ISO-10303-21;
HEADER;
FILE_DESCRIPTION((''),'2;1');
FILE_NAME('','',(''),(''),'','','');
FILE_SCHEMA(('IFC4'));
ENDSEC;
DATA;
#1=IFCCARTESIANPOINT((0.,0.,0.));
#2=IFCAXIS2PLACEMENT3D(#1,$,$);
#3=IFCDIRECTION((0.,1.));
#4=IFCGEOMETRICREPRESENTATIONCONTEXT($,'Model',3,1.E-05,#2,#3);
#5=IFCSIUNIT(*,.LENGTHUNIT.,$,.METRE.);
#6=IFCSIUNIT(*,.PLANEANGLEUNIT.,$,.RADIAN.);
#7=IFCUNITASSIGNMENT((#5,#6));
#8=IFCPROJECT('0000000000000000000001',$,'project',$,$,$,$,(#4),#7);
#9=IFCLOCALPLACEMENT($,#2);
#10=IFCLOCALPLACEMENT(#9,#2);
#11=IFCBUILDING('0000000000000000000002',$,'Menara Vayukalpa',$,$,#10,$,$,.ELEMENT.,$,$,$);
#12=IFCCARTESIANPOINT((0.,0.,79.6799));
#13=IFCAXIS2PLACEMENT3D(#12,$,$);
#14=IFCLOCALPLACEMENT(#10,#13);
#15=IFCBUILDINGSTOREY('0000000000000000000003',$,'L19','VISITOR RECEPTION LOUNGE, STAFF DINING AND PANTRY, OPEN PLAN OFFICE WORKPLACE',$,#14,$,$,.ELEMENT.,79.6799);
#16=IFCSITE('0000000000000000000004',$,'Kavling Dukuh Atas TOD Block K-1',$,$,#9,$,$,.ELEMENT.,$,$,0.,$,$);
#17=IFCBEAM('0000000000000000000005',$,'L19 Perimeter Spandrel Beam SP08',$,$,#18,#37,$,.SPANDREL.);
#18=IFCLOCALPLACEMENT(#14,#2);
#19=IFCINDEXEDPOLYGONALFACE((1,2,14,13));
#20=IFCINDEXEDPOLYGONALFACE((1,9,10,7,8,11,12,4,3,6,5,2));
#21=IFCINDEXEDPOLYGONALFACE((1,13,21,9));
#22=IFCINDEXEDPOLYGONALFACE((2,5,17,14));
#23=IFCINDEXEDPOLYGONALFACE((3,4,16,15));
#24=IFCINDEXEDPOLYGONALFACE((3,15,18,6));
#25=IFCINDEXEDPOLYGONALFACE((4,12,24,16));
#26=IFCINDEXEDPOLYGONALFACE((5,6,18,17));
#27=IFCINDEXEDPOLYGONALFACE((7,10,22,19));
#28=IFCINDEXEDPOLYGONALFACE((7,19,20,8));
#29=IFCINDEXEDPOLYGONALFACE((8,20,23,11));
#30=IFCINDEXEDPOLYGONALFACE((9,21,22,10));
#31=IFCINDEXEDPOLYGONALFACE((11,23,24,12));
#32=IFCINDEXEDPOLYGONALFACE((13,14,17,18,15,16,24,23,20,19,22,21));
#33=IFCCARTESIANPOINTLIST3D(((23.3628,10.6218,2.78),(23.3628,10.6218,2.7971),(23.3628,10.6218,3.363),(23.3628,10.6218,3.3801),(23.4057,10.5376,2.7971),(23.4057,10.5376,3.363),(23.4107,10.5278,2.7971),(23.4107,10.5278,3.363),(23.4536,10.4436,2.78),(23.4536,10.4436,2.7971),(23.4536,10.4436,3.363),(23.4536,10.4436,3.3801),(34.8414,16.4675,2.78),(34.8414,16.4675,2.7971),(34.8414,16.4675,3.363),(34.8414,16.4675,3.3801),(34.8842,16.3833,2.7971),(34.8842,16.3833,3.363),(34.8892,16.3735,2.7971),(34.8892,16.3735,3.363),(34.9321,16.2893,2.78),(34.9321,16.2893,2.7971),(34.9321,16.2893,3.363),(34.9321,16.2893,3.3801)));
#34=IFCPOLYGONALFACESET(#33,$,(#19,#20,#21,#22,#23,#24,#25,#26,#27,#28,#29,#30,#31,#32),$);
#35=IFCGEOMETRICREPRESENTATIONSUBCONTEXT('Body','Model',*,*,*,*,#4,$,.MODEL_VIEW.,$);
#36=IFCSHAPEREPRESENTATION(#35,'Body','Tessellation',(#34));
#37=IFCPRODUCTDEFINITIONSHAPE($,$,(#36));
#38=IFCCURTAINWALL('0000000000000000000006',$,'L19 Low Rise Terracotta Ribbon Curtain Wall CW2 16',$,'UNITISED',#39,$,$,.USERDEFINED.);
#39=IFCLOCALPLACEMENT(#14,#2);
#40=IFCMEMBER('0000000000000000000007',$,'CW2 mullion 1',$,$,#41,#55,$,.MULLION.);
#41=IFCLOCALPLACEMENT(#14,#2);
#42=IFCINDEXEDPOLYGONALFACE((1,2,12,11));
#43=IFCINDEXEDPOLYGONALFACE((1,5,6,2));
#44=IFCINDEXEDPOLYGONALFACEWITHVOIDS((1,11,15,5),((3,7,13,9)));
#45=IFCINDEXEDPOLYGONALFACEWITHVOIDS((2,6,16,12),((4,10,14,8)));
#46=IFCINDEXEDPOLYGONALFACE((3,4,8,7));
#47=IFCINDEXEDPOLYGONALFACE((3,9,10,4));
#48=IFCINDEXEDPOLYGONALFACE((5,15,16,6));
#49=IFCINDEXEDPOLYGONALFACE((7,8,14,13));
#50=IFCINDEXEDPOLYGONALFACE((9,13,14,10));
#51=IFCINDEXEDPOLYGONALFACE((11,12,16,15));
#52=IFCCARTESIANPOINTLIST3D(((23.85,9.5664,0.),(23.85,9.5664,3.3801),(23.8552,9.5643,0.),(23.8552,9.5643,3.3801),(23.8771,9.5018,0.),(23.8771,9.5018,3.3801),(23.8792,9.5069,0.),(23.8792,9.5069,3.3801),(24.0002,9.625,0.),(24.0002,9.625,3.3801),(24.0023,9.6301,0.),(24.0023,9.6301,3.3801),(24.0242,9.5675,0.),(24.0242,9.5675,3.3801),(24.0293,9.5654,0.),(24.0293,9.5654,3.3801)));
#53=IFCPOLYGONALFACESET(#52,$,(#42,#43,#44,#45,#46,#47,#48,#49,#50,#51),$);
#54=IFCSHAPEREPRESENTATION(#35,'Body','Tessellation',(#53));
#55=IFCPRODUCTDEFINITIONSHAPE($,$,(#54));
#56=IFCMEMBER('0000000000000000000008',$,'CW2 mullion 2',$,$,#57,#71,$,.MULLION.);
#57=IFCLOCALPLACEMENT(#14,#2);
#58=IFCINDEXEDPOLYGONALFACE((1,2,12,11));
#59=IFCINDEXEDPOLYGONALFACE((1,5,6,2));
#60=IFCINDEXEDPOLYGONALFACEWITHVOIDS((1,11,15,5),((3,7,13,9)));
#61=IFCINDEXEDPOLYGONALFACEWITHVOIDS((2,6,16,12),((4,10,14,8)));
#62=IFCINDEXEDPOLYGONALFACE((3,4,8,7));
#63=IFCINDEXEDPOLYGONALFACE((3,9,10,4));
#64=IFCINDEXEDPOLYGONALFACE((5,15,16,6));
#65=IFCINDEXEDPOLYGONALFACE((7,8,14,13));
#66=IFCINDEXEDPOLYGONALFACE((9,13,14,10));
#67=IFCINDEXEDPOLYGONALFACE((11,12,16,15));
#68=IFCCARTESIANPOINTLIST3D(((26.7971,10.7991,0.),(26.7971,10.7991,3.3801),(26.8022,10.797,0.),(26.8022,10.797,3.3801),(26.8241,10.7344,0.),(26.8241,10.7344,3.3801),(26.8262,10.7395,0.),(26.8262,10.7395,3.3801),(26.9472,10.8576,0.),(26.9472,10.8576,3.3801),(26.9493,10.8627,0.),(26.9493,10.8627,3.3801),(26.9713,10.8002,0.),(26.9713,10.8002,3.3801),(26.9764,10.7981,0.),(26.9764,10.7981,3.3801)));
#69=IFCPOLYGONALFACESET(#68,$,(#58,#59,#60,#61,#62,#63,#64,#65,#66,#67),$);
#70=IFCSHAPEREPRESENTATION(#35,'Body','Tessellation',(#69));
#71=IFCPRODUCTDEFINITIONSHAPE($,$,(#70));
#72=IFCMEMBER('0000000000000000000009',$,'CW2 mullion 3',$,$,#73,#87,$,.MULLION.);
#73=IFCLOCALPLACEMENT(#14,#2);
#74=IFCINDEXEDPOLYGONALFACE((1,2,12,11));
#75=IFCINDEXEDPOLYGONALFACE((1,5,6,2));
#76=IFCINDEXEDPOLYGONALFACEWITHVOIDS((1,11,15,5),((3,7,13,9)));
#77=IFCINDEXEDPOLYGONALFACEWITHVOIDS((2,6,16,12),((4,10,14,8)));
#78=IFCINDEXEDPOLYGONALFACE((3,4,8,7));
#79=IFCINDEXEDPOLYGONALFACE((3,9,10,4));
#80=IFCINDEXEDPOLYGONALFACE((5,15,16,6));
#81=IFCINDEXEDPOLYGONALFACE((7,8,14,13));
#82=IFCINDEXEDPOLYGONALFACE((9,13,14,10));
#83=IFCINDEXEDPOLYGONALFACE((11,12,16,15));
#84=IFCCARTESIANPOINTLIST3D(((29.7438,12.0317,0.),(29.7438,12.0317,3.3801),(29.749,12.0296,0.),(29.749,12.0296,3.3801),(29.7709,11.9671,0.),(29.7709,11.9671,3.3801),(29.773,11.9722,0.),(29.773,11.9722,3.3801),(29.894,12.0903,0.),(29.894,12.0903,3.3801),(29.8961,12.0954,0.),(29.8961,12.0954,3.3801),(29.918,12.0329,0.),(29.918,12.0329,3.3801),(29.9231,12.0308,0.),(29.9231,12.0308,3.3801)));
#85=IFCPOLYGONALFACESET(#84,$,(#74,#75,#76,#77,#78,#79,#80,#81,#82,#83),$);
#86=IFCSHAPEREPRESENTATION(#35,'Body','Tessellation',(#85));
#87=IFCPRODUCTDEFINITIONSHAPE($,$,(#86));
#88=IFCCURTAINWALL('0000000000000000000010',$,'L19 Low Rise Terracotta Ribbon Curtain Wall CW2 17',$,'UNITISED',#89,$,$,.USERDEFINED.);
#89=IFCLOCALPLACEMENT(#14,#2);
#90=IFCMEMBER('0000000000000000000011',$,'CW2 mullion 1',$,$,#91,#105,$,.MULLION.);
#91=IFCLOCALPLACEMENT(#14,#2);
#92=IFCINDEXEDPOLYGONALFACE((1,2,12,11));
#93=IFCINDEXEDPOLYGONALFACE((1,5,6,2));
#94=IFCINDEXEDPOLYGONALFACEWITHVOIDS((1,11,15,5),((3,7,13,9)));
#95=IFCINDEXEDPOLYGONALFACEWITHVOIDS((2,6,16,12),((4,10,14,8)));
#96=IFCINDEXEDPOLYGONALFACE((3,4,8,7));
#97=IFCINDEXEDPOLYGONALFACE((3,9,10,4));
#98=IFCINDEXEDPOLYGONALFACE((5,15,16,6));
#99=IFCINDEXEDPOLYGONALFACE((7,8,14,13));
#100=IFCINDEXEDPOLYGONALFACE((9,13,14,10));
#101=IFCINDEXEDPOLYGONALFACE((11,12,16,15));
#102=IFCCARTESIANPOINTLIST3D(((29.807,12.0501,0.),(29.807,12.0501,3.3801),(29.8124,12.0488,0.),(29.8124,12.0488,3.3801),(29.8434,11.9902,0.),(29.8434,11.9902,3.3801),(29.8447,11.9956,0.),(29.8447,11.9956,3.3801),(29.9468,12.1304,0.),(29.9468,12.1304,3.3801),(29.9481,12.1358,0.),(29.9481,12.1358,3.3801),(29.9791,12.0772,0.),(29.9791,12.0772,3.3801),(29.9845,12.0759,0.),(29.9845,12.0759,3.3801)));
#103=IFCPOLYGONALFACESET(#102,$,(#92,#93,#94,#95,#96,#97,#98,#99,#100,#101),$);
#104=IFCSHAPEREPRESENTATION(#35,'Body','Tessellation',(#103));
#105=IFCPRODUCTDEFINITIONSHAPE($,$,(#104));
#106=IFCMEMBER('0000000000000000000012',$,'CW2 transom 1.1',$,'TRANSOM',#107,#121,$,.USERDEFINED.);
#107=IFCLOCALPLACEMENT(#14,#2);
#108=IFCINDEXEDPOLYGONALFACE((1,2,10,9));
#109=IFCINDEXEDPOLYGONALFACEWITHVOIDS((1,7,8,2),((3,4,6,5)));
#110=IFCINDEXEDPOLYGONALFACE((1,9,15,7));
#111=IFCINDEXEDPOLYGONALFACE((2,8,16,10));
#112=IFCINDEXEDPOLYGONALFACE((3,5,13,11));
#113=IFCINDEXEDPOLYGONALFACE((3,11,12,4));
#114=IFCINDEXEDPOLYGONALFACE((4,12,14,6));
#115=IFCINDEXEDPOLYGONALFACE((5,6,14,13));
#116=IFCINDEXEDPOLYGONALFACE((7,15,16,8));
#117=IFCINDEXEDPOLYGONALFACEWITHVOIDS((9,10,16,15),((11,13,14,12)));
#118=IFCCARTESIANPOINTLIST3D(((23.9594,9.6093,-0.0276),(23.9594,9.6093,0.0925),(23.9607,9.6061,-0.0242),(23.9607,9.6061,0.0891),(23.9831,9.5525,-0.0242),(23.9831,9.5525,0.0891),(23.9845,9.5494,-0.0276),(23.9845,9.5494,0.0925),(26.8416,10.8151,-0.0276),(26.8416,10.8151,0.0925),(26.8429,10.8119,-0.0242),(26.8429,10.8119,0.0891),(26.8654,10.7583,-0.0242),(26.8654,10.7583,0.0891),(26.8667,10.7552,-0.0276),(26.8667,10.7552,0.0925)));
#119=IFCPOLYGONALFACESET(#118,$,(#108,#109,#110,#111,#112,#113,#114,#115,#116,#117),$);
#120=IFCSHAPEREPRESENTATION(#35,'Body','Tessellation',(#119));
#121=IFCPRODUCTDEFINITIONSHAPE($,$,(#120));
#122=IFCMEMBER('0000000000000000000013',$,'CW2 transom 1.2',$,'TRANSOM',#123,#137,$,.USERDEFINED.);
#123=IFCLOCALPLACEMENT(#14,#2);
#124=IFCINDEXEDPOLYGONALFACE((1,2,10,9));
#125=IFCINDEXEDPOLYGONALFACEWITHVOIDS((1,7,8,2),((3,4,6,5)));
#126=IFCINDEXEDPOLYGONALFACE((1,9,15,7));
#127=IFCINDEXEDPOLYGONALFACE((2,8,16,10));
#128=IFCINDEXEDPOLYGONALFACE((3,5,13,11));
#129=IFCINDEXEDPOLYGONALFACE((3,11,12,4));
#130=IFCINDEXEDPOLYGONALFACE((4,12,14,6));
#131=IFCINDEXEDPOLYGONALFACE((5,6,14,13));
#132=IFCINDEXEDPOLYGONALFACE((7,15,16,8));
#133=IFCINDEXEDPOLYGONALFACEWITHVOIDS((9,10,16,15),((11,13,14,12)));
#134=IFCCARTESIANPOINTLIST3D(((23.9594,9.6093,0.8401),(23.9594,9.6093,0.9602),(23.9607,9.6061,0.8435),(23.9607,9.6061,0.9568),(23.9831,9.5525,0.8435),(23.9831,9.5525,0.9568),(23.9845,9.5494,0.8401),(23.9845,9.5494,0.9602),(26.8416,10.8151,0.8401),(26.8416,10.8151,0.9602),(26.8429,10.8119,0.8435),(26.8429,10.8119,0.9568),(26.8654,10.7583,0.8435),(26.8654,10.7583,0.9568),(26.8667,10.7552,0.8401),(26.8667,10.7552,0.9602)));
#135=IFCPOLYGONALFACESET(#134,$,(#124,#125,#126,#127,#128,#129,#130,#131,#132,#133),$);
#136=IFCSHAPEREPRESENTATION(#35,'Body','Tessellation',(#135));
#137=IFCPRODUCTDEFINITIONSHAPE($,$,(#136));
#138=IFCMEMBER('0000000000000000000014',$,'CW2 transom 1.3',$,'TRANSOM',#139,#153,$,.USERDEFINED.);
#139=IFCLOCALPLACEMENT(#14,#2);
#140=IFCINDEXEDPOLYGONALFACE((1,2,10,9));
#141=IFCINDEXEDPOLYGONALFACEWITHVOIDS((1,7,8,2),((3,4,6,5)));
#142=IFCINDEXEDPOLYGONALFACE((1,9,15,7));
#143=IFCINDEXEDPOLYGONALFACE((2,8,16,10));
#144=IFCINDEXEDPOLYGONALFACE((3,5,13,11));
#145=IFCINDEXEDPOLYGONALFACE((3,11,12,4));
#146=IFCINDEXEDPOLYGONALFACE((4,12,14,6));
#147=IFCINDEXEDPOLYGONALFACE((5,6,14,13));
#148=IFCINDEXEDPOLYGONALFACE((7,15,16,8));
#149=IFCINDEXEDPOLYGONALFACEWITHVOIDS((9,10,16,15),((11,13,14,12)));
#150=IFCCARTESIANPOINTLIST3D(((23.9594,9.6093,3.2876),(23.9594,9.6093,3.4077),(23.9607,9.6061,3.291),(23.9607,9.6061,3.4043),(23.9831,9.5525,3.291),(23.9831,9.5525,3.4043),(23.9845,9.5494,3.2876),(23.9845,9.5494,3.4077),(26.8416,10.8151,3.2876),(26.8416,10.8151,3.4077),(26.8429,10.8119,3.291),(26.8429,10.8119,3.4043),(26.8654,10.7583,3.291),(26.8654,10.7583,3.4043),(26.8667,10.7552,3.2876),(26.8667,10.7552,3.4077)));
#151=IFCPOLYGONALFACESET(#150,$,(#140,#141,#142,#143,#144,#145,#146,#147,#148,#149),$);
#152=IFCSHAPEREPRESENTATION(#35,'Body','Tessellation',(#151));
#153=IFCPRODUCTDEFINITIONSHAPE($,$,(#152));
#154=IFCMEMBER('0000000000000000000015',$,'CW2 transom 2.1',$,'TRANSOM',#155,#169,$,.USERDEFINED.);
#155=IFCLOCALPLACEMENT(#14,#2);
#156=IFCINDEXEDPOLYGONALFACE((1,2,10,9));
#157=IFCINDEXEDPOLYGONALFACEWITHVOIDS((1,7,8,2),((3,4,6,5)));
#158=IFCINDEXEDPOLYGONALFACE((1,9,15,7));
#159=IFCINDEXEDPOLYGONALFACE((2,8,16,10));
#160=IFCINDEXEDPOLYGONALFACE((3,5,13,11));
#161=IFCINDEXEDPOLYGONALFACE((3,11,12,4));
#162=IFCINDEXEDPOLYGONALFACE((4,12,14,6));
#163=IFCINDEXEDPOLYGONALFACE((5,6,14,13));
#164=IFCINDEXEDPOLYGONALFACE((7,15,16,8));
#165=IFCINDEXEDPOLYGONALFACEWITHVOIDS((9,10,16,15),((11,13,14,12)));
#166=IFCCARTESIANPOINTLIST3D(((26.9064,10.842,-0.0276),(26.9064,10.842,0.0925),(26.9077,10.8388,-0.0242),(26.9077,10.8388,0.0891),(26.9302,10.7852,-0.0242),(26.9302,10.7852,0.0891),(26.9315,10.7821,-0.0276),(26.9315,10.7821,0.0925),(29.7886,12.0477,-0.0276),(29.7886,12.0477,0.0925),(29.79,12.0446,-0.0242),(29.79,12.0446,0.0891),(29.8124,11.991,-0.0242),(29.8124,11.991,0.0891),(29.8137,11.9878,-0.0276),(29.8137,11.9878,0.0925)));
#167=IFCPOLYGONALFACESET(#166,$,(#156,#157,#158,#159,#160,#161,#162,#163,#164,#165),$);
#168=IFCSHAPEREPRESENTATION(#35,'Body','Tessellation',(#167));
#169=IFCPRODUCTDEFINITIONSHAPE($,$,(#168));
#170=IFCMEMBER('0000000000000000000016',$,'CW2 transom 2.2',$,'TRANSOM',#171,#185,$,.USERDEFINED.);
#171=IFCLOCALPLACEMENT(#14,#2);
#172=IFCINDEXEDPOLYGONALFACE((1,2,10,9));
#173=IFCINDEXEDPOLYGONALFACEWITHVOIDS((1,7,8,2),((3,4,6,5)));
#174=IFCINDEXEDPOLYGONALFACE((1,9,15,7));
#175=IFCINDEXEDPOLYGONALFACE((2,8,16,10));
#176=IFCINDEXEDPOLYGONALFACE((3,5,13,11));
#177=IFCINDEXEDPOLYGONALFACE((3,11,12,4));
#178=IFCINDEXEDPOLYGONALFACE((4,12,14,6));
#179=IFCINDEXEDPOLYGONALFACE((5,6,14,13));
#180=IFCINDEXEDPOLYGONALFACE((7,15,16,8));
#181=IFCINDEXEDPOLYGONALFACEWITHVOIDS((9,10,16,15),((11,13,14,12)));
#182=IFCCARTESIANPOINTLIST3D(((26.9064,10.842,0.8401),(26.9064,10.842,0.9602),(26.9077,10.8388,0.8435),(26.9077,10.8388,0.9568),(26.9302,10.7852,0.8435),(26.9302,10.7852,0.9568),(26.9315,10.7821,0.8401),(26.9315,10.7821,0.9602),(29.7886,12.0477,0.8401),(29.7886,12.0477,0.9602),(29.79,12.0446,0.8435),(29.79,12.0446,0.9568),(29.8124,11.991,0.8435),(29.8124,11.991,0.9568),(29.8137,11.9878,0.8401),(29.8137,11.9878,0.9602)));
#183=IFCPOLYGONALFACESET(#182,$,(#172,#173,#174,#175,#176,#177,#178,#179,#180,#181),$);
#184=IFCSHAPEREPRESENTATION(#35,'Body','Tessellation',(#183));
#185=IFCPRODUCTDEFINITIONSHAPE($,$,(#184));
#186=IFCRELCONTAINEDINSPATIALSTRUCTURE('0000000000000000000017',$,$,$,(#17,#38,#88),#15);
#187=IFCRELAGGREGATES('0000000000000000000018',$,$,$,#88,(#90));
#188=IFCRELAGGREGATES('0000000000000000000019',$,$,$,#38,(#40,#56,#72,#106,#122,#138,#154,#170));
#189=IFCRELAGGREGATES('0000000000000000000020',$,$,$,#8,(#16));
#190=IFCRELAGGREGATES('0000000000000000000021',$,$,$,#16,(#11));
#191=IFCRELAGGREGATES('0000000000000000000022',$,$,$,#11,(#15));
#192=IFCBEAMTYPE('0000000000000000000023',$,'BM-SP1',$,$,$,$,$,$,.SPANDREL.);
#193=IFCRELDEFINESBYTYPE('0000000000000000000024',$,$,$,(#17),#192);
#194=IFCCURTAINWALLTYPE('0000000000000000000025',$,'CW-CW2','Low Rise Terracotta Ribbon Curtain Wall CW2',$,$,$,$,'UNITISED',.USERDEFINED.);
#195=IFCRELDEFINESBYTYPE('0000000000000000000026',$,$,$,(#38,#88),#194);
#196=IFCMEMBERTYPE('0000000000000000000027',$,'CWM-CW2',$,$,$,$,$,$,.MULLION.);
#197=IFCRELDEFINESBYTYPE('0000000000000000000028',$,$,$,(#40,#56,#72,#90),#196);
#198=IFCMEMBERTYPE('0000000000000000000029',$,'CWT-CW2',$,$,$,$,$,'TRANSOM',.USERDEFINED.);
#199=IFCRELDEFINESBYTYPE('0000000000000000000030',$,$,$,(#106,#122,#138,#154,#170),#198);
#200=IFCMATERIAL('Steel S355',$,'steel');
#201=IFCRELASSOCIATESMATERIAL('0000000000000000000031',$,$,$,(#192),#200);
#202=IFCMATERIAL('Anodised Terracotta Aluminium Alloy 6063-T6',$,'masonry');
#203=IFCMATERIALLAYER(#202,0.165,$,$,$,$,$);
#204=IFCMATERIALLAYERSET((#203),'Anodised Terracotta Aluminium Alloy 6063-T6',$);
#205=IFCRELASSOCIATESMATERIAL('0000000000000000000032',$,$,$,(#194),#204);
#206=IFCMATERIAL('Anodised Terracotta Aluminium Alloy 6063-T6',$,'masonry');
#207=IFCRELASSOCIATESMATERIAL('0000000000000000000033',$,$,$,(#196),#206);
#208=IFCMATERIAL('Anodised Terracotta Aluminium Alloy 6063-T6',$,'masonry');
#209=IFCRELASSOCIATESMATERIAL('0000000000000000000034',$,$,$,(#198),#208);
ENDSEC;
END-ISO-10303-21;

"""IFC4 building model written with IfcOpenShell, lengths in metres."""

from ifc_helpers import new_model, si_unit, direction, frame, origin, origin_2d, place, context, subcontext, project, spatial, hollow_rectangle, i_section, extrude, material, layer, layer_set, material_profile, profile_set, type_object, element, aggregate, save


model = new_model("IFC4")

# Units and contexts
model_context = context("Model", 3, precision=1e-05, world=origin(), true_north=direction((0.0, 1.0)))
body_context = subcontext(model_context, "Body", "Model", "MODEL_VIEW")
ifc_project = project(units=[si_unit("LENGTHUNIT", "METRE"), si_unit("PLANEANGLEUNIT", "RADIAN")], contexts=[model_context])

# Site, building, storey
site_placement = place(None, origin())
site = spatial("IfcSite", under=ifc_project, at=site_placement, Name="Kavling Dukuh Atas TOD Block K-1", CompositionType="ELEMENT", RefElevation=0.0)
building_placement = place(site_placement, origin())
building = spatial("IfcBuilding", under=site, at=building_placement, Name="Menara Vayukalpa", CompositionType="ELEMENT")
storey_placement = place(building_placement, frame((0.0, 0.0, 79.6799)))
storey = spatial("IfcBuildingStorey", under=building, at=storey_placement, Name="L19", Description="VISITOR RECEPTION LOUNGE, STAFF DINING AND PANTRY, OPEN PLAN OFFICE WORKPLACE", CompositionType="ELEMENT", Elevation=79.6799)

# Beam
ifc_material_1 = material(Name="Steel S355", Category="steel")
ifc_material_profile_1 = material_profile(ifc_material_1, i_section(OverallWidth=0.2, OverallDepth=0.6001, WebThickness=0.011, FlangeThickness=0.0171, at=origin_2d()), Name="WF 600x200x11x17")
ifc_profile_set_1 = profile_set([ifc_material_profile_1], Name="Steel S355")
beam_type = type_object("IfcBeamType", Name="BM-SP1", PredefinedType="SPANDREL", material=ifc_profile_set_1)
beam_placement = place(storey_placement, frame((23.4082, 10.5327, 3.0801), z_axis=(0.891097, 0.453812, 0.0), x_axis=(-0.453812, 0.891097, 0.0)))
element("IfcBeam", 1, at=beam_placement, inside=storey, type_object=beam_type, Name="L19 Perimeter Spandrel Beam SP08", PredefinedType="SPANDREL", context=body_context, shape_type="SweptSolid", body=[
    extrude(i_section(OverallWidth=0.2, OverallDepth=0.6001, WebThickness=0.011, FlangeThickness=0.0171, at=origin_2d()), origin(), (0.0, 0.0, 1.0), 12.8813),
])

# Curtain wall, members
ifc_material_2 = material(Name="Anodised Terracotta Aluminium Alloy 6063-T6", Category="masonry")
ifc_layer_1 = layer(ifc_material_2, 0.165)
ifc_layer_set_1 = layer_set([ifc_layer_1], Name="Anodised Terracotta Aluminium Alloy 6063-T6")
curtain_wall_type = type_object("IfcCurtainWallType", Name="CW-CW2", Description="Low Rise Terracotta Ribbon Curtain Wall CW2", ElementType="UNITISED", PredefinedType="USERDEFINED", material=ifc_layer_set_1)
curtain_wall_1_placement = place(storey_placement, origin())
curtain_wall_1 = element("IfcCurtainWall", 2, at=curtain_wall_1_placement, inside=storey, type_object=curtain_wall_type, Name="L19 Low Rise Terracotta Ribbon Curtain Wall CW2 16", ObjectType="UNITISED", PredefinedType="USERDEFINED")
ifc_material_3 = material(Name="Anodised Terracotta Aluminium Alloy 6063-T6", Category="masonry")
ifc_material_profile_2 = material_profile(ifc_material_3, hollow_rectangle(XDim=0.0701, YDim=0.165, WallThickness=0.0039, at=origin_2d()), Name="ALU 70x165x4")
ifc_profile_set_2 = profile_set([ifc_material_profile_2], Name="Anodised Terracotta Aluminium Alloy 6063-T6")
member_type_1 = type_object("IfcMemberType", Name="CWM-CW2", PredefinedType="MULLION", material=ifc_profile_set_2)
member_1_placement = place(storey_placement, frame((23.9397, 9.5659, 0.0), z_axis=(0.0, 0.0, 1.0), x_axis=(-0.385894, 0.922543, 0.0)))
member_1 = element("IfcMember", 3, at=member_1_placement, type_object=member_type_1, Name="CW2 mullion 1", PredefinedType="MULLION", context=body_context, shape_type="SweptSolid", body=[
    extrude(hollow_rectangle(XDim=0.0701, YDim=0.165, WallThickness=0.0039, at=origin_2d()), origin(), (0.0, 0.0, 1.0), 3.3801),
])
member_2_placement = place(storey_placement, frame((26.8867, 10.7986, 0.0), z_axis=(0.0, 0.0, 1.0), x_axis=(-0.385894, 0.922543, 0.0)))
member_2 = element("IfcMember", 4, at=member_2_placement, type_object=member_type_1, Name="CW2 mullion 2", PredefinedType="MULLION", context=body_context, shape_type="SweptSolid", body=[
    extrude(hollow_rectangle(XDim=0.0701, YDim=0.165, WallThickness=0.0039, at=origin_2d()), origin(), (0.0, 0.0, 1.0), 3.3801),
])
member_3_placement = place(storey_placement, frame((29.8335, 12.0312, 0.0), z_axis=(0.0, 0.0, 1.0), x_axis=(-0.385894, 0.922543, 0.0)))
member_3 = element("IfcMember", 5, at=member_3_placement, type_object=member_type_1, Name="CW2 mullion 3", PredefinedType="MULLION", context=body_context, shape_type="SweptSolid", body=[
    extrude(hollow_rectangle(XDim=0.0701, YDim=0.165, WallThickness=0.0039, at=origin_2d()), origin(), (0.0, 0.0, 1.0), 3.3801),
])

# Curtain wall, member
curtain_wall_2_placement = place(storey_placement, origin())
curtain_wall_2 = element("IfcCurtainWall", 6, at=curtain_wall_2_placement, inside=storey, type_object=curtain_wall_type, Name="L19 Low Rise Terracotta Ribbon Curtain Wall CW2 17", ObjectType="UNITISED", PredefinedType="USERDEFINED")
member_4_placement = place(storey_placement, frame((29.8958, 12.063, 0.0), z_axis=(0.0, 0.0, 1.0), x_axis=(-0.519183, 0.854663, 0.0)))
member_4 = element("IfcMember", 7, at=member_4_placement, type_object=member_type_1, Name="CW2 mullion 1", PredefinedType="MULLION", context=body_context, shape_type="SweptSolid", body=[
    extrude(hollow_rectangle(XDim=0.0701, YDim=0.165, WallThickness=0.0039, at=origin_2d()), origin(), (0.0, 0.0, 1.0), 3.3801),
])

# Members
ifc_material_4 = material(Name="Anodised Terracotta Aluminium Alloy 6063-T6", Category="masonry")
ifc_material_profile_3 = material_profile(ifc_material_4, hollow_rectangle(XDim=0.0649, YDim=0.1201, WallThickness=0.0034, at=origin_2d()), Name="ALU 65x120x3.5")
ifc_profile_set_3 = profile_set([ifc_material_profile_3], Name="Anodised Terracotta Aluminium Alloy 6063-T6")
member_type_2 = type_object("IfcMemberType", Name="CWT-CW2", ElementType="TRANSOM", PredefinedType="USERDEFINED", material=ifc_profile_set_3)
member_5_placement = place(storey_placement, frame((23.9719, 9.5793, 0.0325), z_axis=(0.922526, 0.385936, 0.0), x_axis=(-0.385936, 0.922526, 0.0)))
member_5 = element("IfcMember", 8, at=member_5_placement, type_object=member_type_2, Name="CW2 transom 1.1", ObjectType="TRANSOM", PredefinedType="USERDEFINED", context=body_context, shape_type="SweptSolid", body=[
    extrude(hollow_rectangle(XDim=0.0649, YDim=0.1201, WallThickness=0.0034, at=origin_2d()), origin(), (0.0, 0.0, 1.0), 3.1243),
])
member_6_placement = place(storey_placement, frame((23.9719, 9.5793, 0.9001), z_axis=(0.922526, 0.385936, 0.0), x_axis=(-0.385936, 0.922526, 0.0)))
member_6 = element("IfcMember", 9, at=member_6_placement, type_object=member_type_2, Name="CW2 transom 1.2", ObjectType="TRANSOM", PredefinedType="USERDEFINED", context=body_context, shape_type="SweptSolid", body=[
    extrude(hollow_rectangle(XDim=0.0649, YDim=0.1201, WallThickness=0.0034, at=origin_2d()), origin(), (0.0, 0.0, 1.0), 3.1243),
])
member_7_placement = place(storey_placement, frame((23.9719, 9.5793, 3.3477), z_axis=(0.922526, 0.385936, 0.0), x_axis=(-0.385936, 0.922526, 0.0)))
member_7 = element("IfcMember", 10, at=member_7_placement, type_object=member_type_2, Name="CW2 transom 1.3", ObjectType="TRANSOM", PredefinedType="USERDEFINED", context=body_context, shape_type="SweptSolid", body=[
    extrude(hollow_rectangle(XDim=0.0649, YDim=0.1201, WallThickness=0.0034, at=origin_2d()), origin(), (0.0, 0.0, 1.0), 3.1243),
])
member_8_placement = place(storey_placement, frame((26.9189, 10.812, 0.0325), z_axis=(0.922526, 0.385936, 0.0), x_axis=(-0.385936, 0.922526, 0.0)))
member_8 = element("IfcMember", 11, at=member_8_placement, type_object=member_type_2, Name="CW2 transom 2.1", ObjectType="TRANSOM", PredefinedType="USERDEFINED", context=body_context, shape_type="SweptSolid", body=[
    extrude(hollow_rectangle(XDim=0.0649, YDim=0.1201, WallThickness=0.0034, at=origin_2d()), origin(), (0.0, 0.0, 1.0), 3.1243),
])
member_9_placement = place(storey_placement, frame((26.9189, 10.812, 0.9001), z_axis=(0.922526, 0.385936, 0.0), x_axis=(-0.385936, 0.922526, 0.0)))
member_9 = element("IfcMember", 12, at=member_9_placement, type_object=member_type_2, Name="CW2 transom 2.2", ObjectType="TRANSOM", PredefinedType="USERDEFINED", context=body_context, shape_type="SweptSolid", body=[
    extrude(hollow_rectangle(XDim=0.0649, YDim=0.1201, WallThickness=0.0034, at=origin_2d()), origin(), (0.0, 0.0, 1.0), 3.1243),
])
aggregate(curtain_wall_2, [member_4])

aggregate(curtain_wall_1, [member_1, member_2, member_3, member_5, member_6, member_7, member_8, member_9])

save(model, "model.ifc")
